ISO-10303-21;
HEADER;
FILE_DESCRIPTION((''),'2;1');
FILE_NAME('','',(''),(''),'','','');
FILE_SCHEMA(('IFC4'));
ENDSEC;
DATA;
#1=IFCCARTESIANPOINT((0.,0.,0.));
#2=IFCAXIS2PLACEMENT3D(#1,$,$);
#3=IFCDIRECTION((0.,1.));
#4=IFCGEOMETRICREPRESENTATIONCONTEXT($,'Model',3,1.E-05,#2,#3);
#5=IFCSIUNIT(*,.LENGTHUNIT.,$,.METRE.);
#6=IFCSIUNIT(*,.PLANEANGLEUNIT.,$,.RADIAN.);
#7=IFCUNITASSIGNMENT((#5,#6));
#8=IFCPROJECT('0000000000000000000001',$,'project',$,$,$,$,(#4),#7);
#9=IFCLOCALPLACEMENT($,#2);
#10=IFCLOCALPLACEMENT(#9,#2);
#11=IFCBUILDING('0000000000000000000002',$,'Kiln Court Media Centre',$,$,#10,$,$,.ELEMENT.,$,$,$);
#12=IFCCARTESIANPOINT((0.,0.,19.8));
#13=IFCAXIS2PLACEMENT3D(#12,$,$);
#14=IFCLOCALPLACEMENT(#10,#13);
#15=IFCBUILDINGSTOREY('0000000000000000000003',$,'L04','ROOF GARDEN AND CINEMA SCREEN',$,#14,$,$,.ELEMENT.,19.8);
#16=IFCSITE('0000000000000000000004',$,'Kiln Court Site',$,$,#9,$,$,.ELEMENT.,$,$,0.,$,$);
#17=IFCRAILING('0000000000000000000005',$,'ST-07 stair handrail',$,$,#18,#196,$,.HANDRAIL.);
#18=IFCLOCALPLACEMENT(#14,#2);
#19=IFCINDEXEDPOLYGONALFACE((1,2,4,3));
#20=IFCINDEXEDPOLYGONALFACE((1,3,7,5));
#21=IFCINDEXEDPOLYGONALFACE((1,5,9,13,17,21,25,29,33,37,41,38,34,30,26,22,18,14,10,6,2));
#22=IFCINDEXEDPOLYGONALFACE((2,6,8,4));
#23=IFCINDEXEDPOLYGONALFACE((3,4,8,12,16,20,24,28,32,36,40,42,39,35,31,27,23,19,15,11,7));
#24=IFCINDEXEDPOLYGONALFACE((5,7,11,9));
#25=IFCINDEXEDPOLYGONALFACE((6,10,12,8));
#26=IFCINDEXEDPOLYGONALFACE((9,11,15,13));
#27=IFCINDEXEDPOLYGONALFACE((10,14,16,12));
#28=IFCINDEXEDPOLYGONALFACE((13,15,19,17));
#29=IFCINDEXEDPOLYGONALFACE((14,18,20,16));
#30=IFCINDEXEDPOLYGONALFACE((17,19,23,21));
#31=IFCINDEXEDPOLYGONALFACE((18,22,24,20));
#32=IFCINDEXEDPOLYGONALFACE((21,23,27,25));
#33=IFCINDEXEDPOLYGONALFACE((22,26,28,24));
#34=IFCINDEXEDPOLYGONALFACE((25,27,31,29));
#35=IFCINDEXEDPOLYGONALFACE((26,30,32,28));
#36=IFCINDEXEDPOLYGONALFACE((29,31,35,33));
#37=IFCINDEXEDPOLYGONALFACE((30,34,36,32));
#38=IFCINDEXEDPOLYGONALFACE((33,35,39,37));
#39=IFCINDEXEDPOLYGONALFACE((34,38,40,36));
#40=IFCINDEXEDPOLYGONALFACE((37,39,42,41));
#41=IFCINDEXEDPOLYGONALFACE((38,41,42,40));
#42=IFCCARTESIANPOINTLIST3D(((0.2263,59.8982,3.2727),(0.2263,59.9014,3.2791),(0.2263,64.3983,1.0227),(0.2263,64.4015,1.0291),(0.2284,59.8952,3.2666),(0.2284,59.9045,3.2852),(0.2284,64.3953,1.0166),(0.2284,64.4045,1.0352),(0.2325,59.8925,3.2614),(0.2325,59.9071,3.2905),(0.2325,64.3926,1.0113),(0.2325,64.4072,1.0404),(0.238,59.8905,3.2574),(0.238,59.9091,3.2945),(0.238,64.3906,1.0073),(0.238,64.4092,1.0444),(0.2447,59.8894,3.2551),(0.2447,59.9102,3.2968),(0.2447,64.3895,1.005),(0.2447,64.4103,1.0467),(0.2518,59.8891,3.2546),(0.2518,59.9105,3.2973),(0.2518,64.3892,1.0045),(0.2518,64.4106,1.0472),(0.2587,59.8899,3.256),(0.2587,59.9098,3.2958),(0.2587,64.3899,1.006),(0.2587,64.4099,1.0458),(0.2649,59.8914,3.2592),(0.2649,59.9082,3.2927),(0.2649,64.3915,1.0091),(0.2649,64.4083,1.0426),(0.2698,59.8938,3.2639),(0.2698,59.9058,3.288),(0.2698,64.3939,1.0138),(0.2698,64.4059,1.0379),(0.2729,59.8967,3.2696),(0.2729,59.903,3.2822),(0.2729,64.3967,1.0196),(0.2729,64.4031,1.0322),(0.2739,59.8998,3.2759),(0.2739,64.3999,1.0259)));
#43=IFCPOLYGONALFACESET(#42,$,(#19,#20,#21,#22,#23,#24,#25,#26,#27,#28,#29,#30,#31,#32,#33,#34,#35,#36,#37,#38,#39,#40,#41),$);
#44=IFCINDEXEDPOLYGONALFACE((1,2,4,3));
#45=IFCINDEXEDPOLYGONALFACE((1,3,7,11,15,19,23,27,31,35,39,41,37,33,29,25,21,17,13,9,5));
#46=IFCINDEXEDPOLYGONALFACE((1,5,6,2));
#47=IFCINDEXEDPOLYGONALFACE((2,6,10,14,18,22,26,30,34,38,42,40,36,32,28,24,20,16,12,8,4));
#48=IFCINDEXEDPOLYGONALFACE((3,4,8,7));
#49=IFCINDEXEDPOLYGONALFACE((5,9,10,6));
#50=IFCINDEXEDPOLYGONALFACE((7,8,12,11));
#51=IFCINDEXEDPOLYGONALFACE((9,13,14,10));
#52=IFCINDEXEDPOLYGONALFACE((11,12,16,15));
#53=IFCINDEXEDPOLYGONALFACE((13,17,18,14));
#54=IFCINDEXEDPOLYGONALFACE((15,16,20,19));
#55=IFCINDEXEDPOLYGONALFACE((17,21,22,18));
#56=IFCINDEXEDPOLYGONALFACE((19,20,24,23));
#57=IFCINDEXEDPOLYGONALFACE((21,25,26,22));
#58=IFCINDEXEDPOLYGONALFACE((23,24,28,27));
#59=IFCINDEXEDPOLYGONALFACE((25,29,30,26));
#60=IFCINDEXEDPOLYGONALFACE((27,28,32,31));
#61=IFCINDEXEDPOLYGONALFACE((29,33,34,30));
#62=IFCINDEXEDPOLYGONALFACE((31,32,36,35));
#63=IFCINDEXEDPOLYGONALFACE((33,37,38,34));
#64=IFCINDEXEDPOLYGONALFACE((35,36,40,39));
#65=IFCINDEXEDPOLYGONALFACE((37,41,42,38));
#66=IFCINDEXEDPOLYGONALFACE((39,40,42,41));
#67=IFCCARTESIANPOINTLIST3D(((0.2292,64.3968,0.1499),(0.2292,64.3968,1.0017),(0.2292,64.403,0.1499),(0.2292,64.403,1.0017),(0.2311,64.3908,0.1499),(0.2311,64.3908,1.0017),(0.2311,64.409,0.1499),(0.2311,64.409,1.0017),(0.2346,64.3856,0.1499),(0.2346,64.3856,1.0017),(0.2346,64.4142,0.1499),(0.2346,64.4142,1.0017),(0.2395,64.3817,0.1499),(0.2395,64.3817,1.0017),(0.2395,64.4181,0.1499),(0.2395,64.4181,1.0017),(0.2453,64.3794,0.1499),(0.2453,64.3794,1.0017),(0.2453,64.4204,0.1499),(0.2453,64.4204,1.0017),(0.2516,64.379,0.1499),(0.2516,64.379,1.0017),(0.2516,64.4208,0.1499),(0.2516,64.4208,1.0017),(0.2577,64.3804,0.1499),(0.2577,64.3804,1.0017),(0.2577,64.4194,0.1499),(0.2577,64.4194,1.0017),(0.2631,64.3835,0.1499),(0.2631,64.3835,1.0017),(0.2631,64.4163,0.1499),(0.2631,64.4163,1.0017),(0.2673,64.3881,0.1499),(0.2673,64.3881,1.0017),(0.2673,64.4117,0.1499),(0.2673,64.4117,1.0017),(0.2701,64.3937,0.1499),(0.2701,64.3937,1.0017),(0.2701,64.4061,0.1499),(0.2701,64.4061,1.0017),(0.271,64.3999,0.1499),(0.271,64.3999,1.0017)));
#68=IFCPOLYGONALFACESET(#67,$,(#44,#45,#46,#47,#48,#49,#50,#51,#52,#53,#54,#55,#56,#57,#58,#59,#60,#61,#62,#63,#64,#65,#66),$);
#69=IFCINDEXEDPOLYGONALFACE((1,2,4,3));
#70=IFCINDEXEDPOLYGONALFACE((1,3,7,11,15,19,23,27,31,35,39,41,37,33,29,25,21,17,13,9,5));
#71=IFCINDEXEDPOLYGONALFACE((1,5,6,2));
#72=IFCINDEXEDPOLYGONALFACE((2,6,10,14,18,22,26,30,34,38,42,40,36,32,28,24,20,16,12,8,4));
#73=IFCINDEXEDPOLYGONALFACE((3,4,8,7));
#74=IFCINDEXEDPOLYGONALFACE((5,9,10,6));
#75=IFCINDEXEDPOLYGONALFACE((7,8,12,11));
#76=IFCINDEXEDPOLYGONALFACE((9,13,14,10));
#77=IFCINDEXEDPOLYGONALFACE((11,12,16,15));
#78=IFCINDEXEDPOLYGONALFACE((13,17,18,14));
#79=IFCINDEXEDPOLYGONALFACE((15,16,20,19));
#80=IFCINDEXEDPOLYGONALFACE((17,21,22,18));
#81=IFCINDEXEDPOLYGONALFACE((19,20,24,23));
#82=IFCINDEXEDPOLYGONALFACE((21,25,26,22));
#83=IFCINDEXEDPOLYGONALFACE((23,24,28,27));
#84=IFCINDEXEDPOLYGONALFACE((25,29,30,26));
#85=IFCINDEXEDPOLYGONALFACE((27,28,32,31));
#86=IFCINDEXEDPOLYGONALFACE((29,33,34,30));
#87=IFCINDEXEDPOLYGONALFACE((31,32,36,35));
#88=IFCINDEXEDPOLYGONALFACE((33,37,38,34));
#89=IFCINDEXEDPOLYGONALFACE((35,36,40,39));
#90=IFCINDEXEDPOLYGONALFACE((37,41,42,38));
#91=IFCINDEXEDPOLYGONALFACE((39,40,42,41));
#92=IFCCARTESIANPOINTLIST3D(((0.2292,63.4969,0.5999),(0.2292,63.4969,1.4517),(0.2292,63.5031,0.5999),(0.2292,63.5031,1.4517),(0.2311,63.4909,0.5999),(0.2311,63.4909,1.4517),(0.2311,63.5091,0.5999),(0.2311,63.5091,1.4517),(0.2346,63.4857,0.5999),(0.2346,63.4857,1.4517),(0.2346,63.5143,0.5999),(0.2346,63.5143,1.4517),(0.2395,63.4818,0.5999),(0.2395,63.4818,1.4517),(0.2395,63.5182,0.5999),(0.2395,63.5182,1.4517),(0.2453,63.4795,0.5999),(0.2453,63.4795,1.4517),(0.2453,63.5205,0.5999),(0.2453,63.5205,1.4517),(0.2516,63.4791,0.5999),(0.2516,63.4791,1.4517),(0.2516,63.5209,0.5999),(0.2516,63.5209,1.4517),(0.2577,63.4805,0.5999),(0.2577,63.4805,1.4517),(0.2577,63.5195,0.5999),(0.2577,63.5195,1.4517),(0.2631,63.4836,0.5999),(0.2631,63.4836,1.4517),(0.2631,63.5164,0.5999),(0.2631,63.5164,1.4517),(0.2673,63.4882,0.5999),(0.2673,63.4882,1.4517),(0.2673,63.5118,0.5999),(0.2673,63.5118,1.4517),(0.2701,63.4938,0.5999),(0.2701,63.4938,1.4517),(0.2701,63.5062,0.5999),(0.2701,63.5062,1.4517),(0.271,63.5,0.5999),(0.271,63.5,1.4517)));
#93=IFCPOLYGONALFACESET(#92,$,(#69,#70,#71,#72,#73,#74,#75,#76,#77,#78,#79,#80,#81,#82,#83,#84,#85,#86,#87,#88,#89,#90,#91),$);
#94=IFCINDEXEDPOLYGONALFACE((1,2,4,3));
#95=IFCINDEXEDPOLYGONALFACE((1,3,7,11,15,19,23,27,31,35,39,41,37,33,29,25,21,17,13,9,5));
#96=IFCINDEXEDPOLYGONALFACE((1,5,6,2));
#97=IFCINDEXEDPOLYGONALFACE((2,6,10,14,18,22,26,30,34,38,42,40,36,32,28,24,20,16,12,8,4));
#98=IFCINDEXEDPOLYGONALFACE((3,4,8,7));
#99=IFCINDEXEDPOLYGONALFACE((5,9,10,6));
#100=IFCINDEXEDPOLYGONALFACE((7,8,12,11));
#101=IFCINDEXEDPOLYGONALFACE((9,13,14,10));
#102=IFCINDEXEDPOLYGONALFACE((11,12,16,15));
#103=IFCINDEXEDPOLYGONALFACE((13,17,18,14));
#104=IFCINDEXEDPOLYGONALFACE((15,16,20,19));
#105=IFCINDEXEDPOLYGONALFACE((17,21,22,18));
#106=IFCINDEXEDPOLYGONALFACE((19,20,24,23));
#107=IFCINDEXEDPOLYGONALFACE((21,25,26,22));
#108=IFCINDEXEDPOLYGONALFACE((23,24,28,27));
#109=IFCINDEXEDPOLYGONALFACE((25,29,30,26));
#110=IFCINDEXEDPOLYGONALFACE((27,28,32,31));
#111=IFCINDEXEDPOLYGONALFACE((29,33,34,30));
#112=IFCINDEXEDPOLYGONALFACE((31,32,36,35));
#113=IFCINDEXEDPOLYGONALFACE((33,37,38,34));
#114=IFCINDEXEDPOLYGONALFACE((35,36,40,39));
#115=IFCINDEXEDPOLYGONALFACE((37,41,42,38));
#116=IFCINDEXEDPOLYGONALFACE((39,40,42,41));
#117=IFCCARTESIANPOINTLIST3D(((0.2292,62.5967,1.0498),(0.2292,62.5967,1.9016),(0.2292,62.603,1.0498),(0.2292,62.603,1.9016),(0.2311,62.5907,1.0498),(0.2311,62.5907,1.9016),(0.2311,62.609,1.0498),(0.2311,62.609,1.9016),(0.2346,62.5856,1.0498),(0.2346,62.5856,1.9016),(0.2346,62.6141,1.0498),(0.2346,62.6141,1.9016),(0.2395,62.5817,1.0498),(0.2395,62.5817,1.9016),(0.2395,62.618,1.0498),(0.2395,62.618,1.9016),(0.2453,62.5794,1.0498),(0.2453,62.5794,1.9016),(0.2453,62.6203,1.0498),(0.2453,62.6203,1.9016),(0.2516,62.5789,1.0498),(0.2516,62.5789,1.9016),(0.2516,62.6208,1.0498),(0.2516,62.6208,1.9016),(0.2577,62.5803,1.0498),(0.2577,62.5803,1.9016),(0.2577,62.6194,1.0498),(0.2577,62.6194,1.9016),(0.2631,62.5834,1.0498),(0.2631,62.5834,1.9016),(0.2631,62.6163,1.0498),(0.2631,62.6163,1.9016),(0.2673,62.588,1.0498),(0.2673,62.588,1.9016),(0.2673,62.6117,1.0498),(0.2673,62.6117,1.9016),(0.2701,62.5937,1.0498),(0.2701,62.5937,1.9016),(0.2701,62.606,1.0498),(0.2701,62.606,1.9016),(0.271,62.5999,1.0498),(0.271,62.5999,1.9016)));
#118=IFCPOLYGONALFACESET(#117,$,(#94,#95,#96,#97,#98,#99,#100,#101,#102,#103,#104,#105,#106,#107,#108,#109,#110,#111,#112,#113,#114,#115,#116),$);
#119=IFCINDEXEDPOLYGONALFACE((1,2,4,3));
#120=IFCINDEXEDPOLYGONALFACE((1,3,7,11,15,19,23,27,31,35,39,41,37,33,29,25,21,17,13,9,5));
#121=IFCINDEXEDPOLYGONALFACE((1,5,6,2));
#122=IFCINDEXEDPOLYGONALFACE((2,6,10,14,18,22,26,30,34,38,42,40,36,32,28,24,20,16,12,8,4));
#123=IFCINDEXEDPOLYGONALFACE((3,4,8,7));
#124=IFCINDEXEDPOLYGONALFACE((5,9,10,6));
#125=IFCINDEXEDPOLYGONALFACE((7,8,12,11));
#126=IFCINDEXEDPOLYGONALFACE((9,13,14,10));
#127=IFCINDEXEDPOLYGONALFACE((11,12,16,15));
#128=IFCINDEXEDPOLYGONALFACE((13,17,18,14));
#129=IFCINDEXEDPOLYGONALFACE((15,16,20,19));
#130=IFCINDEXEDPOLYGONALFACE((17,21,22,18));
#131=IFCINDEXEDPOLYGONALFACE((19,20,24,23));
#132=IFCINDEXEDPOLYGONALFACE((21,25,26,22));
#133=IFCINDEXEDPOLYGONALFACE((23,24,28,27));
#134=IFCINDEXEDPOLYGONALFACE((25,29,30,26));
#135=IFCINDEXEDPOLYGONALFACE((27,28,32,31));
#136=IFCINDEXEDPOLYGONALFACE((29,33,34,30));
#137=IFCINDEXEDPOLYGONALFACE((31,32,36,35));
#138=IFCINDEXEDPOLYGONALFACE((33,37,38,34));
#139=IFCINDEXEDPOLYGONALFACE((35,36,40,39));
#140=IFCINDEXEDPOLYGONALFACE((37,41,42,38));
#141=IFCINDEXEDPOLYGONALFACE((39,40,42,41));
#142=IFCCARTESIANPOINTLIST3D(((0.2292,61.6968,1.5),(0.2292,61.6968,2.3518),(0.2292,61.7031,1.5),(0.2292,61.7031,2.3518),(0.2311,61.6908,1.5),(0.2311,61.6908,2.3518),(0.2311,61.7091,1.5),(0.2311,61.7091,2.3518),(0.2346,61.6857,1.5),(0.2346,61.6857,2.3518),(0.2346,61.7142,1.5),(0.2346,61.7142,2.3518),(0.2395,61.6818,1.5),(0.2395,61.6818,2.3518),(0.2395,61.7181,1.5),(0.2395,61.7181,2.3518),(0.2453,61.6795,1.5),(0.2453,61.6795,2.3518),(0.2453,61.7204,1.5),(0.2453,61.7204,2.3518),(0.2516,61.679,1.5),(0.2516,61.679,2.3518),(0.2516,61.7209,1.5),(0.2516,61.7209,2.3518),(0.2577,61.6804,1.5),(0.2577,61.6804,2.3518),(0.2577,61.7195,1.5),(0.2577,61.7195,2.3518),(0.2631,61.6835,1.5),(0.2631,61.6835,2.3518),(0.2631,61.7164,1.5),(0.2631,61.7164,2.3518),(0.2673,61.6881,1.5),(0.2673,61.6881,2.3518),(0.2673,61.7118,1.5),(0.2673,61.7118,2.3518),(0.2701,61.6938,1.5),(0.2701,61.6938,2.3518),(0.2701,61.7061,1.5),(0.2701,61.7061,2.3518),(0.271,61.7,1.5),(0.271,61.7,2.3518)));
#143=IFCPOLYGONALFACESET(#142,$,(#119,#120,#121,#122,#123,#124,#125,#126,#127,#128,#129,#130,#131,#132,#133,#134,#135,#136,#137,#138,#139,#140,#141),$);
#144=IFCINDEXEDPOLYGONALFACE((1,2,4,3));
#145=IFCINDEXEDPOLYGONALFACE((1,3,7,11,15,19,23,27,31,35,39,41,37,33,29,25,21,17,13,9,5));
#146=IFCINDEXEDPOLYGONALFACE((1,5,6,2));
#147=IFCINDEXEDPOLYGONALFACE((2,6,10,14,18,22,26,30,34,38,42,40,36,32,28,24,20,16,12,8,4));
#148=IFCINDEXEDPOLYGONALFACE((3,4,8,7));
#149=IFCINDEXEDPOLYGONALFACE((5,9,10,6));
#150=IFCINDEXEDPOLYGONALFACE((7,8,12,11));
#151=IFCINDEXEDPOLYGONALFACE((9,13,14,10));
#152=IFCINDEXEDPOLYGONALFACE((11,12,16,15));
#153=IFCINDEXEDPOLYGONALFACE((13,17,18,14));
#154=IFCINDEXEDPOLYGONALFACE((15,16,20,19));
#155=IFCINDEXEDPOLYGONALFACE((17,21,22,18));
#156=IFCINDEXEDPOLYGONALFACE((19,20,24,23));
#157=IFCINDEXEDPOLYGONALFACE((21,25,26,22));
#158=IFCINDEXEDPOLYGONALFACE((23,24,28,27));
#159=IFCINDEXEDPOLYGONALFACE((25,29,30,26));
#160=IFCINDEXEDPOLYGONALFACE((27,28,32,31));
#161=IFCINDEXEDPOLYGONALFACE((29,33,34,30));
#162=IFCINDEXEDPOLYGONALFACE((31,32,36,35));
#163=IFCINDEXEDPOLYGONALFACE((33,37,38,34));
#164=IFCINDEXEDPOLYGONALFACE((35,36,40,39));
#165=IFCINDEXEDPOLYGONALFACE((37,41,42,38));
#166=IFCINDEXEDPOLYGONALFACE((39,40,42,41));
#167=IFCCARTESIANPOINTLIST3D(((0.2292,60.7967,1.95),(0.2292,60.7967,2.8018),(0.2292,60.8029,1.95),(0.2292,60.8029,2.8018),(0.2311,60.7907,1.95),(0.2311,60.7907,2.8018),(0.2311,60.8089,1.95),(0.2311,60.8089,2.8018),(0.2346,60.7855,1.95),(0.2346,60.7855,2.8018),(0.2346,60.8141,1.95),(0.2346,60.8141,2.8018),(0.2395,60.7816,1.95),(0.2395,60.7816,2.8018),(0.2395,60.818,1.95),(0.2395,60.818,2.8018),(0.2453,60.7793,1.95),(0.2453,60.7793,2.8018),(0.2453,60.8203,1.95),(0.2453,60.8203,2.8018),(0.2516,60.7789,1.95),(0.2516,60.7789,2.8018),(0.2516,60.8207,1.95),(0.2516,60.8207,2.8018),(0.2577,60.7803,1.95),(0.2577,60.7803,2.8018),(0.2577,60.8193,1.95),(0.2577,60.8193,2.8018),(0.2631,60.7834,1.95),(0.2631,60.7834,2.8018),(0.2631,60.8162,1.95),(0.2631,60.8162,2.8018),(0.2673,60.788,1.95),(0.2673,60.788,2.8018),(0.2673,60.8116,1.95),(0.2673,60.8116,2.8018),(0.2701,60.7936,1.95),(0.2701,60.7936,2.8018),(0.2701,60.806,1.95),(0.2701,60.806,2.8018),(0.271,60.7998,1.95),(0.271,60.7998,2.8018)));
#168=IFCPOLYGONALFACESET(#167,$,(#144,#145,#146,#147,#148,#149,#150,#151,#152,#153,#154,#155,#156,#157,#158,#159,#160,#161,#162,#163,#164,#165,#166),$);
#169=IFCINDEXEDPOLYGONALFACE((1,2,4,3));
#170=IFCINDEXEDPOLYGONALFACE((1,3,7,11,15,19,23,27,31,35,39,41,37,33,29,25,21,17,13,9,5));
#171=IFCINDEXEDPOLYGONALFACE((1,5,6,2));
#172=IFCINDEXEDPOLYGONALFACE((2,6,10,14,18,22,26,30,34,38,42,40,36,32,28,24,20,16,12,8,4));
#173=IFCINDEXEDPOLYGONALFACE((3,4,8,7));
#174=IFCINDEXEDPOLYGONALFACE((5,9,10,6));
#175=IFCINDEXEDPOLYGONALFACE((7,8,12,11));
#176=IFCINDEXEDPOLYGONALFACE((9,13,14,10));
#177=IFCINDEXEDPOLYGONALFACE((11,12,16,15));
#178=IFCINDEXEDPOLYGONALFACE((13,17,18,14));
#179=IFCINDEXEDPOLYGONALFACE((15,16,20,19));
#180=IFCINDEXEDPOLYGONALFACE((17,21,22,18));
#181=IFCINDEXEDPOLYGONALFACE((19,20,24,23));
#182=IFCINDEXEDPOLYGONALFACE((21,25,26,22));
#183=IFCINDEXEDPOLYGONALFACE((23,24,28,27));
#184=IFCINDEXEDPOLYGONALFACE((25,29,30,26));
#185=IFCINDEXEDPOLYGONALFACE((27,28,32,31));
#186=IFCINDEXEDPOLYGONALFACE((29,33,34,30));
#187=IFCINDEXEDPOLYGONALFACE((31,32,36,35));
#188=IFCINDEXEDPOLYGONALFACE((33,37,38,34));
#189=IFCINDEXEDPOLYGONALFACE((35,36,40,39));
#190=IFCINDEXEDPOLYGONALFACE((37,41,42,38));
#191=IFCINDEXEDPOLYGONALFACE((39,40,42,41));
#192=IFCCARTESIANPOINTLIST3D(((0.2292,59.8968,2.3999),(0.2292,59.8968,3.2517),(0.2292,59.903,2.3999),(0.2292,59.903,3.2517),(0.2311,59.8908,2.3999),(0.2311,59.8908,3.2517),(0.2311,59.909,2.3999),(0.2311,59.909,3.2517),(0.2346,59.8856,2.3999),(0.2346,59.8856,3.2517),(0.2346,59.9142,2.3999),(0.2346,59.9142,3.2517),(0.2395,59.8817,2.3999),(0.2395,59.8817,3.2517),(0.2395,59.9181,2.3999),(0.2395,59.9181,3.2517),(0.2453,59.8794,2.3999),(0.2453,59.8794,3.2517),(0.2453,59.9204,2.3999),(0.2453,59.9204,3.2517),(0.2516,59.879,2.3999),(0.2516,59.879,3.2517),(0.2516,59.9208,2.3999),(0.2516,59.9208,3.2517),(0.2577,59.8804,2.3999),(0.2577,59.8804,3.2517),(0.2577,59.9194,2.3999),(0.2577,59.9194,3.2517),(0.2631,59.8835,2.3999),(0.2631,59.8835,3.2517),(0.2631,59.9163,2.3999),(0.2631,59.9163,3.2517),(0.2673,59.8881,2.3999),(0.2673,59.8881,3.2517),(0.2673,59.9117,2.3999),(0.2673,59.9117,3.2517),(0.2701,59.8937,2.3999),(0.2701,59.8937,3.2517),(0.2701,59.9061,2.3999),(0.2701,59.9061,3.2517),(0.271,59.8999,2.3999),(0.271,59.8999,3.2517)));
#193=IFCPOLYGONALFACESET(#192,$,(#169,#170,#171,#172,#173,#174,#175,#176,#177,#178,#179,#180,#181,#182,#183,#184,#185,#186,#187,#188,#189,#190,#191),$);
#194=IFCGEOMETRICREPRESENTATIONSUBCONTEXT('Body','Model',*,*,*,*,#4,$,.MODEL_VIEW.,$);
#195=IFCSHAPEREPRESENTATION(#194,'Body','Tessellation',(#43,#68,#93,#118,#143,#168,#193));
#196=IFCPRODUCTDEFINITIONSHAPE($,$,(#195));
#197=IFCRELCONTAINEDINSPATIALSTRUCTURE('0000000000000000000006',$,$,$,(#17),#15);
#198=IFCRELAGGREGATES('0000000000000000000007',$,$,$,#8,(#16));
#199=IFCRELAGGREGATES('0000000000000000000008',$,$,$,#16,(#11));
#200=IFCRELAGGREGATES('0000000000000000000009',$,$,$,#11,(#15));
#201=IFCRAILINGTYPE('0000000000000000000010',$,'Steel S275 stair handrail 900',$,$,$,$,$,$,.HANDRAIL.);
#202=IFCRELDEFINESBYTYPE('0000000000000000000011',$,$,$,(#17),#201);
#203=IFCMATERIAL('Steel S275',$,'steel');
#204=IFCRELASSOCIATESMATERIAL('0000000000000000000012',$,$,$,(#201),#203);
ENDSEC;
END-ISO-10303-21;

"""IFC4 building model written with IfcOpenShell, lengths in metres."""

from ifc_helpers import new_model, si_unit, direction, frame, origin, origin_2d, place, context, subcontext, project, spatial, circle, extrude, material, type_object, element, save


model = new_model("IFC4")

# Units and contexts
model_context = context("Model", 3, precision=1e-05, world=origin(), true_north=direction((0.0, 1.0)))
body_context = subcontext(model_context, "Body", "Model", "MODEL_VIEW")
ifc_project = project(units=[si_unit("LENGTHUNIT", "METRE"), si_unit("PLANEANGLEUNIT", "RADIAN")], contexts=[model_context])

# Site, building, storey
site_placement = place(None, origin())
site = spatial("IfcSite", under=ifc_project, at=site_placement, Name="Kiln Court Site", CompositionType="ELEMENT", RefElevation=0.0)
building_placement = place(site_placement, origin())
building = spatial("IfcBuilding", under=site, at=building_placement, Name="Kiln Court Media Centre", CompositionType="ELEMENT")
storey_placement = place(building_placement, frame((0.0, 0.0, 19.8)))
storey = spatial("IfcBuildingStorey", under=building, at=storey_placement, Name="L04", Description="ROOF GARDEN AND CINEMA SCREEN", CompositionType="ELEMENT", Elevation=19.8)

# Railing
ifc_material_1 = material(Name="Steel S275", Category="steel")
railing_type_1 = type_object("IfcRailingType", Name="Steel S275 stair handrail 900", PredefinedType="HANDRAIL", material=ifc_material_1)
railing_1_placement = place(storey_placement, frame((0.25, 64.3999, 0.1499)))
element("IfcRailing", 1, at=railing_1_placement, inside=storey, type_object=railing_type_1, Name="ST-07 stair handrail", PredefinedType="HANDRAIL", context=body_context, shape_type="SweptSolid", body=[
    extrude(circle(Radius=0.0239, at=origin_2d()), frame((0.0, 0.0, 0.876), z_axis=(0.0, -0.894427, 0.447214), x_axis=(1.0, 0.0, 0.0)), (0.0, 0.0, 1.0), 5.0312),
    extrude(circle(Radius=0.021, at=origin_2d()), origin(), (0.0, 0.0, 1.0), 0.8518),
    extrude(circle(Radius=0.021, at=origin_2d()), frame((0.0, -0.8999, 0.45)), (0.0, 0.0, 1.0), 0.8518),
    extrude(circle(Radius=0.021, at=origin_2d()), frame((0.0, -1.8, 0.8999)), (0.0, 0.0, 1.0), 0.8518),
    extrude(circle(Radius=0.021, at=origin_2d()), frame((0.0, -2.7, 1.3501)), (0.0, 0.0, 1.0), 0.8518),
    extrude(circle(Radius=0.021, at=origin_2d()), frame((0.0, -3.6001, 1.8)), (0.0, 0.0, 1.0), 0.8518),
    extrude(circle(Radius=0.021, at=origin_2d()), frame((0.0, -4.5, 2.25)), (0.0, 0.0, 1.0), 0.8518),
])

save(model, "model.ifc")
